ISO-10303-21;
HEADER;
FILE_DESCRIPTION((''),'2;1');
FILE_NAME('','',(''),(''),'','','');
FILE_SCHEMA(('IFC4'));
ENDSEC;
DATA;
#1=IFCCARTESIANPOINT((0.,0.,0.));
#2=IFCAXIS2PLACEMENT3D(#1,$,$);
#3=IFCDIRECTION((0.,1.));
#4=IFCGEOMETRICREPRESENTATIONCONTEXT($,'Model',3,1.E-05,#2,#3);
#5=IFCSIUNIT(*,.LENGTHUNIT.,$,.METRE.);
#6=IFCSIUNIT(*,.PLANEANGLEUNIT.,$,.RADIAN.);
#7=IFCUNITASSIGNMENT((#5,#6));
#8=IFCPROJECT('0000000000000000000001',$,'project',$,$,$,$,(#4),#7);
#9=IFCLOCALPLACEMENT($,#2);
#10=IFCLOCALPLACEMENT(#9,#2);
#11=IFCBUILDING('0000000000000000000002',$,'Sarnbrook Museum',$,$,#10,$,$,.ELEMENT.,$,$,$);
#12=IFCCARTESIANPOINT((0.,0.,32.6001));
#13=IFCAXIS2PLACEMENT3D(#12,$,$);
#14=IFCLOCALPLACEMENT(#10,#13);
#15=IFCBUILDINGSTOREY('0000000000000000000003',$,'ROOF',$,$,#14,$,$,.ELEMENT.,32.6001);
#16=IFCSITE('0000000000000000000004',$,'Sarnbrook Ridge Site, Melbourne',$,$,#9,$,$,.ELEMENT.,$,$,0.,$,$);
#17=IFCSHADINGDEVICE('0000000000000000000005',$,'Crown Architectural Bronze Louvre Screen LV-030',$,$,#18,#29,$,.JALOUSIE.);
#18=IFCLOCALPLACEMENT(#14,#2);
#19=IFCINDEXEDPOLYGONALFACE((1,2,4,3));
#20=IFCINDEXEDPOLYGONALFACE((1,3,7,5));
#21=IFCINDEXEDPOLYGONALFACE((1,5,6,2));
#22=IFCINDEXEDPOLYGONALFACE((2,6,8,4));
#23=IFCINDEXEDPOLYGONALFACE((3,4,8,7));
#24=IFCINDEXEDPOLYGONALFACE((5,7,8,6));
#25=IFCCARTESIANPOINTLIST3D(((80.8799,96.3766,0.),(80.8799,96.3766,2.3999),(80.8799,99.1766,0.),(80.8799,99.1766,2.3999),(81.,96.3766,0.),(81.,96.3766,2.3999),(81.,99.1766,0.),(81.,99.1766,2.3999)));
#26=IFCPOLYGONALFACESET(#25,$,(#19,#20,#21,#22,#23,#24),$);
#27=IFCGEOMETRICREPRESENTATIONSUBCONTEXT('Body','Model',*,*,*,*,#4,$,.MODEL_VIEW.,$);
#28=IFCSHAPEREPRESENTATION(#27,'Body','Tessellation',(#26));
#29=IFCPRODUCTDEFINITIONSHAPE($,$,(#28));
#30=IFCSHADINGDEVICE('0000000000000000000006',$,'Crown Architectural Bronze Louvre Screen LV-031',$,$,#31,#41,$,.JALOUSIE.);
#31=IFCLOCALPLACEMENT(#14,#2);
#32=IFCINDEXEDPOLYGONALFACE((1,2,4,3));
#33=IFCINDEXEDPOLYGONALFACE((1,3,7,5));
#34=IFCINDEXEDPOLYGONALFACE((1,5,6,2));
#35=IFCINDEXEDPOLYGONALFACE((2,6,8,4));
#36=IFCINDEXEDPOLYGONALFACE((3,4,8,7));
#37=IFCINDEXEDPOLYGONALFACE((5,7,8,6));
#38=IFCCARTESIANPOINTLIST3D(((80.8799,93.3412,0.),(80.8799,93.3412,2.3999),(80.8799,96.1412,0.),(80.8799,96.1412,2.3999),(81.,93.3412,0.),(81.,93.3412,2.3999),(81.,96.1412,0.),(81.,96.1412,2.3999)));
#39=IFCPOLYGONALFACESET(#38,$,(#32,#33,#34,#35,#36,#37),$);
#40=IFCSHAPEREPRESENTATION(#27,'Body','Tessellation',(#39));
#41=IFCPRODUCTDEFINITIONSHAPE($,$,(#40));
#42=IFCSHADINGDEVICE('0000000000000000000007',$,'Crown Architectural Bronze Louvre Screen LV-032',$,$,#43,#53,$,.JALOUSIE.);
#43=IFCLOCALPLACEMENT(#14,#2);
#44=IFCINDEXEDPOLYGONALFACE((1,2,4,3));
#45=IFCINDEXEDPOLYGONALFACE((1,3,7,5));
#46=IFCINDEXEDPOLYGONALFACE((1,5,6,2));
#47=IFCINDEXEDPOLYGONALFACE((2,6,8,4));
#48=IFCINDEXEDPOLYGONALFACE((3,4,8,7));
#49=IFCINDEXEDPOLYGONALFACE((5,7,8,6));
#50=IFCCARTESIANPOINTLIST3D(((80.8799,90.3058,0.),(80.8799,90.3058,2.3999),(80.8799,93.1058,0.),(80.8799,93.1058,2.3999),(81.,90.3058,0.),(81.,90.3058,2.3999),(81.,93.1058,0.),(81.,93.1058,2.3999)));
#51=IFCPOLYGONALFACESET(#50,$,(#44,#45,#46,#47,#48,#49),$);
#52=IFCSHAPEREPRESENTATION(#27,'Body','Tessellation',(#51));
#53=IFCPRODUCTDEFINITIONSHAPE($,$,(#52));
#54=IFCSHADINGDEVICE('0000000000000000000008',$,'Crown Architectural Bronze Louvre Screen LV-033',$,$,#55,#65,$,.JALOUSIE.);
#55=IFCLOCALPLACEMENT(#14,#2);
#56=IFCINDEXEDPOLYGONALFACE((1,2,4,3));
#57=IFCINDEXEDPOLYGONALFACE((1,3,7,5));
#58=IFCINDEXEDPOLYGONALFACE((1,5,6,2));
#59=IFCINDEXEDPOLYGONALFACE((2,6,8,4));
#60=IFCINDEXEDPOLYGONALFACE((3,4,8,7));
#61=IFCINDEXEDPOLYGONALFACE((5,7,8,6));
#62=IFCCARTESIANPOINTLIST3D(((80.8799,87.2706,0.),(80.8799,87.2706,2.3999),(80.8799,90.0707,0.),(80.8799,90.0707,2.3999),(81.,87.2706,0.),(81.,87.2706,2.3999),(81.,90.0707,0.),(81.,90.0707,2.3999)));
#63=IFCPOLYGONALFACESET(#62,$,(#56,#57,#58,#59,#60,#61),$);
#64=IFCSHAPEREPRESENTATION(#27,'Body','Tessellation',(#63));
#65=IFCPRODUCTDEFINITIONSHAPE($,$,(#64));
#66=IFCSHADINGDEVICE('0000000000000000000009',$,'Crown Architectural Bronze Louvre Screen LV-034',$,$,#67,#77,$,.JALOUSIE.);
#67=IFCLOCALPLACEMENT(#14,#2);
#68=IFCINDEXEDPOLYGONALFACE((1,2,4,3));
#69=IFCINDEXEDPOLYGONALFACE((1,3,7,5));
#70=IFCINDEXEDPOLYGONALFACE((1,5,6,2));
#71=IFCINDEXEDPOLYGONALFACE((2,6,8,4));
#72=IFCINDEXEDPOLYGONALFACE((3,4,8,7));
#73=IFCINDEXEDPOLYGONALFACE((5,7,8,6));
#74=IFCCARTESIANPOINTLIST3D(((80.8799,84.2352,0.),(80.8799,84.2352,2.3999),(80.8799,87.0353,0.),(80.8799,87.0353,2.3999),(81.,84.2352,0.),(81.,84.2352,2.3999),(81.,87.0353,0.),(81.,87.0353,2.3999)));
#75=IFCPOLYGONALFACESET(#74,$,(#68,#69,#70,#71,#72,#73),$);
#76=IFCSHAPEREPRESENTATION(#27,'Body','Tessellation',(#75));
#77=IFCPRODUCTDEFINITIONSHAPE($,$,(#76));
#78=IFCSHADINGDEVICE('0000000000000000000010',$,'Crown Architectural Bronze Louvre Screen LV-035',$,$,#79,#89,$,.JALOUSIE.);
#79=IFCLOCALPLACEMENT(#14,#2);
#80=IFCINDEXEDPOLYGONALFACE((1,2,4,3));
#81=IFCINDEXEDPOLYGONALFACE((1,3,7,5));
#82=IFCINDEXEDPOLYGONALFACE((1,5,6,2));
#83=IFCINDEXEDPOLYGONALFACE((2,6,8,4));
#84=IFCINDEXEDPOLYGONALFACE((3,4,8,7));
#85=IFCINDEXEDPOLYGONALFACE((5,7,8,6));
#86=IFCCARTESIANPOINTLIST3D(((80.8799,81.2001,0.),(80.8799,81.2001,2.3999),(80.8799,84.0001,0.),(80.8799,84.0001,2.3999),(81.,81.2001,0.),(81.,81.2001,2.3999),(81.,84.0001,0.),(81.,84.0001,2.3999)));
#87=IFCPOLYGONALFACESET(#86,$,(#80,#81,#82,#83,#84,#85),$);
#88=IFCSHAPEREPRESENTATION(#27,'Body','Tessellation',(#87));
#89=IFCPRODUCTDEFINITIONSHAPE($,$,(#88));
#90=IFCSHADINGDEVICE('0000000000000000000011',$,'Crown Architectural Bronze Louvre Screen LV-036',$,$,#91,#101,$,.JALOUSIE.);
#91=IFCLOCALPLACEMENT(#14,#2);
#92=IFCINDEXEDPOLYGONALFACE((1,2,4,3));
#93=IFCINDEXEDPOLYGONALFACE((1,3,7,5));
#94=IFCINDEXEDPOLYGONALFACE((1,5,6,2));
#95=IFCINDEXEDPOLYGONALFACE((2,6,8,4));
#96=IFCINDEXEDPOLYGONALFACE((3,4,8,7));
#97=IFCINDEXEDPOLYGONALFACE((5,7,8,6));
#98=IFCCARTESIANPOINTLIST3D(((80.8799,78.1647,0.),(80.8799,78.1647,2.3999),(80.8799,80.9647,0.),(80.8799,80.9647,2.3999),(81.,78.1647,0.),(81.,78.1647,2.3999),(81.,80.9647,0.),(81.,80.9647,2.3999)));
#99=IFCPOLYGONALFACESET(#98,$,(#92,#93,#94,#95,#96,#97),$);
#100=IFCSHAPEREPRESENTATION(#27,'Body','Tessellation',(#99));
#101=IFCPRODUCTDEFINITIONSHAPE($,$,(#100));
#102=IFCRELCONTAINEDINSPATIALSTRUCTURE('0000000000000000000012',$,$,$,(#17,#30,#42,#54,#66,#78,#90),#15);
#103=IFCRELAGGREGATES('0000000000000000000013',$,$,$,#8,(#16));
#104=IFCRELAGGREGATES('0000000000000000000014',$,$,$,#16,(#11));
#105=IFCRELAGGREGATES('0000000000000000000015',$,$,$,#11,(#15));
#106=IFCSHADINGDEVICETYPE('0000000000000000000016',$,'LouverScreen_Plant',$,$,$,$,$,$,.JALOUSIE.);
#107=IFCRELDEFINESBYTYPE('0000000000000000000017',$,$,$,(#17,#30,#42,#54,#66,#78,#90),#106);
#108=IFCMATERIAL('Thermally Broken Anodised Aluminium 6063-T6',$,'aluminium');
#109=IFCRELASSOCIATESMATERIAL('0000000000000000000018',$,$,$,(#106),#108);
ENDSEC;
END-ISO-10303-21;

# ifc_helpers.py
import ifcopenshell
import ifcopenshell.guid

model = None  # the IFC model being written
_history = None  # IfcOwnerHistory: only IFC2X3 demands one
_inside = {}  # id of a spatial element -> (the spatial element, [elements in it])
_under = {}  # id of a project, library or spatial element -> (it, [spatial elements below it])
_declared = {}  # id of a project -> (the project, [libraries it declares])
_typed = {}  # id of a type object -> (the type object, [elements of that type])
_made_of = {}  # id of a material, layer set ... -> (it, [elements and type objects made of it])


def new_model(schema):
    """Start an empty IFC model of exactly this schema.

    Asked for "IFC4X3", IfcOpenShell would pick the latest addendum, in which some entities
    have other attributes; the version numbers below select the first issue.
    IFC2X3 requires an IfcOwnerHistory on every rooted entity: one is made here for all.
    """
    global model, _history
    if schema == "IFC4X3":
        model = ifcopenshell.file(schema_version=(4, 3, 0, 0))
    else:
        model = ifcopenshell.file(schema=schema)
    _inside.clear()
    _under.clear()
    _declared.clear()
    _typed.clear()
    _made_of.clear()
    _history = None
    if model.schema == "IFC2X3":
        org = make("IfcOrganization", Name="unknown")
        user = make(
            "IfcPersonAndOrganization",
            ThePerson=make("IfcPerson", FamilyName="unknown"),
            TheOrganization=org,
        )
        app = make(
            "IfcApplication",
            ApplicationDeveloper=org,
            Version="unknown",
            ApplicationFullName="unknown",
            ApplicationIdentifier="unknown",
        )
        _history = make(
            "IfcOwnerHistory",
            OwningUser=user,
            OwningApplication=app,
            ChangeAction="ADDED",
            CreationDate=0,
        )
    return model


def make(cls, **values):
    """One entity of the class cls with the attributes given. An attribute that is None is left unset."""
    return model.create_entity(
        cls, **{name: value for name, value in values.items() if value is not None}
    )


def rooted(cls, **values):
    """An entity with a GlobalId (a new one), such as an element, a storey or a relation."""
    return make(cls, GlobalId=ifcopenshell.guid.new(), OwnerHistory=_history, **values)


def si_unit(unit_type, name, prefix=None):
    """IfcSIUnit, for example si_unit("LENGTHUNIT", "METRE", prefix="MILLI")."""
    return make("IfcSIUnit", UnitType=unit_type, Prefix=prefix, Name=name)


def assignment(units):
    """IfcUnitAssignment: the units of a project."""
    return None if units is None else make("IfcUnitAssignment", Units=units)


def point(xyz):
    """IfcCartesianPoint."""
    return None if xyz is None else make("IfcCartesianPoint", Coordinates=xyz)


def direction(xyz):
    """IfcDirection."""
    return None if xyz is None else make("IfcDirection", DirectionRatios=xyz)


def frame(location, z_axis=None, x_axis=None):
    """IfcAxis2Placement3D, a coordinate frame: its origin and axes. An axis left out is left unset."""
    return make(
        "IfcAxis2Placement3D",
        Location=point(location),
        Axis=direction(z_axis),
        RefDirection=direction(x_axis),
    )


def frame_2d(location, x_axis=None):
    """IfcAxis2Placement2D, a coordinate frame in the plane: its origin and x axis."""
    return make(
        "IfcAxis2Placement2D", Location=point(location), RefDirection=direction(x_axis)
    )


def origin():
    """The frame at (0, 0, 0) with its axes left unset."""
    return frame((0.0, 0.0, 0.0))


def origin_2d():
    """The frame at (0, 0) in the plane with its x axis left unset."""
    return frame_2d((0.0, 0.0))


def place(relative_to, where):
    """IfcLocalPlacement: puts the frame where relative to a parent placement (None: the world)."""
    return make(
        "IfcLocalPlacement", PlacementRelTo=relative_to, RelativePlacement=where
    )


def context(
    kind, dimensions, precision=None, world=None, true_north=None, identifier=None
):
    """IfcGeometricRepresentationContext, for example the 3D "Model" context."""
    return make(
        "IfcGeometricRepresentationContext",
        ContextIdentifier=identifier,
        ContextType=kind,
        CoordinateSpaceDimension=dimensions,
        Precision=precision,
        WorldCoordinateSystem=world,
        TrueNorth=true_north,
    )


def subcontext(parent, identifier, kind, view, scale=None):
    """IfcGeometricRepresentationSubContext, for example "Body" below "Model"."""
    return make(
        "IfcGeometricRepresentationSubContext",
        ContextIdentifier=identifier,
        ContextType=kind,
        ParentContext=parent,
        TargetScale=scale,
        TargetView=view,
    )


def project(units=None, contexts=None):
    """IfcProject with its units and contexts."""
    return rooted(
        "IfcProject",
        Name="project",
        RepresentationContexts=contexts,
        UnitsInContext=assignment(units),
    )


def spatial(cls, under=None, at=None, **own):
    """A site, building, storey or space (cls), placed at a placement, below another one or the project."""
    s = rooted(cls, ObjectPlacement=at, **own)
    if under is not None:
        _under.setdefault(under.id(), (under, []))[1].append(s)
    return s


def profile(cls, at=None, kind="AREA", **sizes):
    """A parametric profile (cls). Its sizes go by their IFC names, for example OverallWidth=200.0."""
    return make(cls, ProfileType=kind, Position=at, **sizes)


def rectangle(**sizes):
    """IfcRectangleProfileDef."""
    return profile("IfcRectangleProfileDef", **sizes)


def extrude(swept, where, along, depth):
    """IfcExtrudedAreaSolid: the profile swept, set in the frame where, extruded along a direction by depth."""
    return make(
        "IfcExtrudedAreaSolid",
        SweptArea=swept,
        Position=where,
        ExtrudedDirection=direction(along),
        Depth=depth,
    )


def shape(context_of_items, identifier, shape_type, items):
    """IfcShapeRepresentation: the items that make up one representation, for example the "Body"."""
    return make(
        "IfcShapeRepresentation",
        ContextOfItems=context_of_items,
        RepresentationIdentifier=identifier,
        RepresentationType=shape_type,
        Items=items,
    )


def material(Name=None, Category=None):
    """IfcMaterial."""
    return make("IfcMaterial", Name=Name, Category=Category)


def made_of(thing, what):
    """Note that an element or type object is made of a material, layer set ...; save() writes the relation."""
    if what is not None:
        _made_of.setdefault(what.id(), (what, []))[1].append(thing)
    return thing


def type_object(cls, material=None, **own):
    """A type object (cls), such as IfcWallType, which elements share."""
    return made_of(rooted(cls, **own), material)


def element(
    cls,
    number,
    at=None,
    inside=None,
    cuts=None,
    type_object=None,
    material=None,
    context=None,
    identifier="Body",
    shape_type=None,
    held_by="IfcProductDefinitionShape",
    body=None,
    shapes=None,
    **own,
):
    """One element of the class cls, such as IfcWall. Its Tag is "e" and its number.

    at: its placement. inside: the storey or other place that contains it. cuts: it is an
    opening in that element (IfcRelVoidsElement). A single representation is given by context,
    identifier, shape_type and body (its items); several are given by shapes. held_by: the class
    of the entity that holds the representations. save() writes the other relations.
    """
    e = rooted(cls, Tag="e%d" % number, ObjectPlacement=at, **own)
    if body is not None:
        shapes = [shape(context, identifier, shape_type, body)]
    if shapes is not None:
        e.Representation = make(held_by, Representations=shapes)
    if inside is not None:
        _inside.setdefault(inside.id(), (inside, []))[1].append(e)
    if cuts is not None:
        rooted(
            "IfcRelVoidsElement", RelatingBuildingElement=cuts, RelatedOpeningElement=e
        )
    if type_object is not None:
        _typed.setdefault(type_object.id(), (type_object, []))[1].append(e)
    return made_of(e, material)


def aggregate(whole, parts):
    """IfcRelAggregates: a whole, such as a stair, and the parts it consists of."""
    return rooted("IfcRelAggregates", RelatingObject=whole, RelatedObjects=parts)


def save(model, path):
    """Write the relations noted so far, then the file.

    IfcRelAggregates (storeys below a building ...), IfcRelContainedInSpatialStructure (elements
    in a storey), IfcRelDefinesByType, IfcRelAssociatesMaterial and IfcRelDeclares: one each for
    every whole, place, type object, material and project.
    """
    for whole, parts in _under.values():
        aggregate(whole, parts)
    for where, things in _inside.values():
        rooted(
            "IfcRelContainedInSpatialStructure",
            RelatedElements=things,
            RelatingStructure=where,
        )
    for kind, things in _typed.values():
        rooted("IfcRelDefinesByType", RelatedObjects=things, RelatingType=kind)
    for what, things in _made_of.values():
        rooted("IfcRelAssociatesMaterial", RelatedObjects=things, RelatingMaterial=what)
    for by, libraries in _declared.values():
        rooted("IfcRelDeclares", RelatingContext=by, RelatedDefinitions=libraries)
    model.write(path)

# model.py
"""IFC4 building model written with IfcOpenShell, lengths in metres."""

from ifc_helpers import new_model, si_unit, direction, frame, origin, origin_2d, place, context, subcontext, project, spatial, rectangle, extrude, material, type_object, element, save


model = new_model("IFC4")

# Units and contexts
model_context = context("Model", 3, precision=1e-05, world=origin(), true_north=direction((0.0, 1.0)))
body_context = subcontext(model_context, "Body", "Model", "MODEL_VIEW")
ifc_project = project(units=[si_unit("LENGTHUNIT", "METRE"), si_unit("PLANEANGLEUNIT", "RADIAN")], contexts=[model_context])

# Site, building, storey
site_placement = place(None, origin())
site = spatial("IfcSite", under=ifc_project, at=site_placement, Name="Sarnbrook Ridge Site, Melbourne", CompositionType="ELEMENT", RefElevation=0.0)
building_placement = place(site_placement, origin())
building = spatial("IfcBuilding", under=site, at=building_placement, Name="Sarnbrook Museum", CompositionType="ELEMENT")
storey_placement = place(building_placement, frame((0.0, 0.0, 32.6001)))
storey = spatial("IfcBuildingStorey", under=building, at=storey_placement, Name="ROOF", CompositionType="ELEMENT", Elevation=32.6001)

# Shading devices
ifc_material_1 = material(Name="Thermally Broken Anodised Aluminium 6063-T6", Category="aluminium")
shading_device_type = type_object("IfcShadingDeviceType", Name="LouverScreen_Plant", PredefinedType="JALOUSIE", material=ifc_material_1)
for number, where, z_axis, x_axis, name in (
    (1, (80.9399, 97.7766, 0.0), (0.0, 0.0, 1.0), (0.0, -1.0, 0.0), "Crown Architectural Bronze Louvre Screen LV-030"),
    (2, (80.9399, 94.7412, 0.0), (0.0, 0.0, 1.0), (0.0, -1.0, 0.0), "Crown Architectural Bronze Louvre Screen LV-031"),
    (3, (80.9399, 91.7058, 0.0), (0.0, 0.0, 1.0), (0.0, -1.0, 0.0), "Crown Architectural Bronze Louvre Screen LV-032"),
    (4, (80.9399, 88.6707, 0.0), (0.0, 0.0, 1.0), (0.0, -1.0, 0.0), "Crown Architectural Bronze Louvre Screen LV-033"),
    (5, (80.9399, 85.6353, 0.0), (0.0, 0.0, 1.0), (0.0, -1.0, 0.0), "Crown Architectural Bronze Louvre Screen LV-034"),
    (6, (80.9399, 82.6001, 0.0), (0.0, 0.0, 1.0), (0.0, -1.0, 0.0), "Crown Architectural Bronze Louvre Screen LV-035"),
    (7, (80.9399, 79.5647, 0.0), (0.0, 0.0, 1.0), (0.0, -1.0, 0.0), "Crown Architectural Bronze Louvre Screen LV-036"),
):
    element("IfcShadingDevice", number, at=place(storey_placement, frame(where, z_axis=z_axis, x_axis=x_axis)), inside=storey, type_object=shading_device_type, Name=name, PredefinedType="JALOUSIE", context=body_context, shape_type="SweptSolid", body=[
        extrude(rectangle(XDim=2.8, YDim=0.1201, at=origin_2d()), origin(), (0.0, 0.0, 1.0), 2.3999),
    ])

save(model, "model.ifc")
